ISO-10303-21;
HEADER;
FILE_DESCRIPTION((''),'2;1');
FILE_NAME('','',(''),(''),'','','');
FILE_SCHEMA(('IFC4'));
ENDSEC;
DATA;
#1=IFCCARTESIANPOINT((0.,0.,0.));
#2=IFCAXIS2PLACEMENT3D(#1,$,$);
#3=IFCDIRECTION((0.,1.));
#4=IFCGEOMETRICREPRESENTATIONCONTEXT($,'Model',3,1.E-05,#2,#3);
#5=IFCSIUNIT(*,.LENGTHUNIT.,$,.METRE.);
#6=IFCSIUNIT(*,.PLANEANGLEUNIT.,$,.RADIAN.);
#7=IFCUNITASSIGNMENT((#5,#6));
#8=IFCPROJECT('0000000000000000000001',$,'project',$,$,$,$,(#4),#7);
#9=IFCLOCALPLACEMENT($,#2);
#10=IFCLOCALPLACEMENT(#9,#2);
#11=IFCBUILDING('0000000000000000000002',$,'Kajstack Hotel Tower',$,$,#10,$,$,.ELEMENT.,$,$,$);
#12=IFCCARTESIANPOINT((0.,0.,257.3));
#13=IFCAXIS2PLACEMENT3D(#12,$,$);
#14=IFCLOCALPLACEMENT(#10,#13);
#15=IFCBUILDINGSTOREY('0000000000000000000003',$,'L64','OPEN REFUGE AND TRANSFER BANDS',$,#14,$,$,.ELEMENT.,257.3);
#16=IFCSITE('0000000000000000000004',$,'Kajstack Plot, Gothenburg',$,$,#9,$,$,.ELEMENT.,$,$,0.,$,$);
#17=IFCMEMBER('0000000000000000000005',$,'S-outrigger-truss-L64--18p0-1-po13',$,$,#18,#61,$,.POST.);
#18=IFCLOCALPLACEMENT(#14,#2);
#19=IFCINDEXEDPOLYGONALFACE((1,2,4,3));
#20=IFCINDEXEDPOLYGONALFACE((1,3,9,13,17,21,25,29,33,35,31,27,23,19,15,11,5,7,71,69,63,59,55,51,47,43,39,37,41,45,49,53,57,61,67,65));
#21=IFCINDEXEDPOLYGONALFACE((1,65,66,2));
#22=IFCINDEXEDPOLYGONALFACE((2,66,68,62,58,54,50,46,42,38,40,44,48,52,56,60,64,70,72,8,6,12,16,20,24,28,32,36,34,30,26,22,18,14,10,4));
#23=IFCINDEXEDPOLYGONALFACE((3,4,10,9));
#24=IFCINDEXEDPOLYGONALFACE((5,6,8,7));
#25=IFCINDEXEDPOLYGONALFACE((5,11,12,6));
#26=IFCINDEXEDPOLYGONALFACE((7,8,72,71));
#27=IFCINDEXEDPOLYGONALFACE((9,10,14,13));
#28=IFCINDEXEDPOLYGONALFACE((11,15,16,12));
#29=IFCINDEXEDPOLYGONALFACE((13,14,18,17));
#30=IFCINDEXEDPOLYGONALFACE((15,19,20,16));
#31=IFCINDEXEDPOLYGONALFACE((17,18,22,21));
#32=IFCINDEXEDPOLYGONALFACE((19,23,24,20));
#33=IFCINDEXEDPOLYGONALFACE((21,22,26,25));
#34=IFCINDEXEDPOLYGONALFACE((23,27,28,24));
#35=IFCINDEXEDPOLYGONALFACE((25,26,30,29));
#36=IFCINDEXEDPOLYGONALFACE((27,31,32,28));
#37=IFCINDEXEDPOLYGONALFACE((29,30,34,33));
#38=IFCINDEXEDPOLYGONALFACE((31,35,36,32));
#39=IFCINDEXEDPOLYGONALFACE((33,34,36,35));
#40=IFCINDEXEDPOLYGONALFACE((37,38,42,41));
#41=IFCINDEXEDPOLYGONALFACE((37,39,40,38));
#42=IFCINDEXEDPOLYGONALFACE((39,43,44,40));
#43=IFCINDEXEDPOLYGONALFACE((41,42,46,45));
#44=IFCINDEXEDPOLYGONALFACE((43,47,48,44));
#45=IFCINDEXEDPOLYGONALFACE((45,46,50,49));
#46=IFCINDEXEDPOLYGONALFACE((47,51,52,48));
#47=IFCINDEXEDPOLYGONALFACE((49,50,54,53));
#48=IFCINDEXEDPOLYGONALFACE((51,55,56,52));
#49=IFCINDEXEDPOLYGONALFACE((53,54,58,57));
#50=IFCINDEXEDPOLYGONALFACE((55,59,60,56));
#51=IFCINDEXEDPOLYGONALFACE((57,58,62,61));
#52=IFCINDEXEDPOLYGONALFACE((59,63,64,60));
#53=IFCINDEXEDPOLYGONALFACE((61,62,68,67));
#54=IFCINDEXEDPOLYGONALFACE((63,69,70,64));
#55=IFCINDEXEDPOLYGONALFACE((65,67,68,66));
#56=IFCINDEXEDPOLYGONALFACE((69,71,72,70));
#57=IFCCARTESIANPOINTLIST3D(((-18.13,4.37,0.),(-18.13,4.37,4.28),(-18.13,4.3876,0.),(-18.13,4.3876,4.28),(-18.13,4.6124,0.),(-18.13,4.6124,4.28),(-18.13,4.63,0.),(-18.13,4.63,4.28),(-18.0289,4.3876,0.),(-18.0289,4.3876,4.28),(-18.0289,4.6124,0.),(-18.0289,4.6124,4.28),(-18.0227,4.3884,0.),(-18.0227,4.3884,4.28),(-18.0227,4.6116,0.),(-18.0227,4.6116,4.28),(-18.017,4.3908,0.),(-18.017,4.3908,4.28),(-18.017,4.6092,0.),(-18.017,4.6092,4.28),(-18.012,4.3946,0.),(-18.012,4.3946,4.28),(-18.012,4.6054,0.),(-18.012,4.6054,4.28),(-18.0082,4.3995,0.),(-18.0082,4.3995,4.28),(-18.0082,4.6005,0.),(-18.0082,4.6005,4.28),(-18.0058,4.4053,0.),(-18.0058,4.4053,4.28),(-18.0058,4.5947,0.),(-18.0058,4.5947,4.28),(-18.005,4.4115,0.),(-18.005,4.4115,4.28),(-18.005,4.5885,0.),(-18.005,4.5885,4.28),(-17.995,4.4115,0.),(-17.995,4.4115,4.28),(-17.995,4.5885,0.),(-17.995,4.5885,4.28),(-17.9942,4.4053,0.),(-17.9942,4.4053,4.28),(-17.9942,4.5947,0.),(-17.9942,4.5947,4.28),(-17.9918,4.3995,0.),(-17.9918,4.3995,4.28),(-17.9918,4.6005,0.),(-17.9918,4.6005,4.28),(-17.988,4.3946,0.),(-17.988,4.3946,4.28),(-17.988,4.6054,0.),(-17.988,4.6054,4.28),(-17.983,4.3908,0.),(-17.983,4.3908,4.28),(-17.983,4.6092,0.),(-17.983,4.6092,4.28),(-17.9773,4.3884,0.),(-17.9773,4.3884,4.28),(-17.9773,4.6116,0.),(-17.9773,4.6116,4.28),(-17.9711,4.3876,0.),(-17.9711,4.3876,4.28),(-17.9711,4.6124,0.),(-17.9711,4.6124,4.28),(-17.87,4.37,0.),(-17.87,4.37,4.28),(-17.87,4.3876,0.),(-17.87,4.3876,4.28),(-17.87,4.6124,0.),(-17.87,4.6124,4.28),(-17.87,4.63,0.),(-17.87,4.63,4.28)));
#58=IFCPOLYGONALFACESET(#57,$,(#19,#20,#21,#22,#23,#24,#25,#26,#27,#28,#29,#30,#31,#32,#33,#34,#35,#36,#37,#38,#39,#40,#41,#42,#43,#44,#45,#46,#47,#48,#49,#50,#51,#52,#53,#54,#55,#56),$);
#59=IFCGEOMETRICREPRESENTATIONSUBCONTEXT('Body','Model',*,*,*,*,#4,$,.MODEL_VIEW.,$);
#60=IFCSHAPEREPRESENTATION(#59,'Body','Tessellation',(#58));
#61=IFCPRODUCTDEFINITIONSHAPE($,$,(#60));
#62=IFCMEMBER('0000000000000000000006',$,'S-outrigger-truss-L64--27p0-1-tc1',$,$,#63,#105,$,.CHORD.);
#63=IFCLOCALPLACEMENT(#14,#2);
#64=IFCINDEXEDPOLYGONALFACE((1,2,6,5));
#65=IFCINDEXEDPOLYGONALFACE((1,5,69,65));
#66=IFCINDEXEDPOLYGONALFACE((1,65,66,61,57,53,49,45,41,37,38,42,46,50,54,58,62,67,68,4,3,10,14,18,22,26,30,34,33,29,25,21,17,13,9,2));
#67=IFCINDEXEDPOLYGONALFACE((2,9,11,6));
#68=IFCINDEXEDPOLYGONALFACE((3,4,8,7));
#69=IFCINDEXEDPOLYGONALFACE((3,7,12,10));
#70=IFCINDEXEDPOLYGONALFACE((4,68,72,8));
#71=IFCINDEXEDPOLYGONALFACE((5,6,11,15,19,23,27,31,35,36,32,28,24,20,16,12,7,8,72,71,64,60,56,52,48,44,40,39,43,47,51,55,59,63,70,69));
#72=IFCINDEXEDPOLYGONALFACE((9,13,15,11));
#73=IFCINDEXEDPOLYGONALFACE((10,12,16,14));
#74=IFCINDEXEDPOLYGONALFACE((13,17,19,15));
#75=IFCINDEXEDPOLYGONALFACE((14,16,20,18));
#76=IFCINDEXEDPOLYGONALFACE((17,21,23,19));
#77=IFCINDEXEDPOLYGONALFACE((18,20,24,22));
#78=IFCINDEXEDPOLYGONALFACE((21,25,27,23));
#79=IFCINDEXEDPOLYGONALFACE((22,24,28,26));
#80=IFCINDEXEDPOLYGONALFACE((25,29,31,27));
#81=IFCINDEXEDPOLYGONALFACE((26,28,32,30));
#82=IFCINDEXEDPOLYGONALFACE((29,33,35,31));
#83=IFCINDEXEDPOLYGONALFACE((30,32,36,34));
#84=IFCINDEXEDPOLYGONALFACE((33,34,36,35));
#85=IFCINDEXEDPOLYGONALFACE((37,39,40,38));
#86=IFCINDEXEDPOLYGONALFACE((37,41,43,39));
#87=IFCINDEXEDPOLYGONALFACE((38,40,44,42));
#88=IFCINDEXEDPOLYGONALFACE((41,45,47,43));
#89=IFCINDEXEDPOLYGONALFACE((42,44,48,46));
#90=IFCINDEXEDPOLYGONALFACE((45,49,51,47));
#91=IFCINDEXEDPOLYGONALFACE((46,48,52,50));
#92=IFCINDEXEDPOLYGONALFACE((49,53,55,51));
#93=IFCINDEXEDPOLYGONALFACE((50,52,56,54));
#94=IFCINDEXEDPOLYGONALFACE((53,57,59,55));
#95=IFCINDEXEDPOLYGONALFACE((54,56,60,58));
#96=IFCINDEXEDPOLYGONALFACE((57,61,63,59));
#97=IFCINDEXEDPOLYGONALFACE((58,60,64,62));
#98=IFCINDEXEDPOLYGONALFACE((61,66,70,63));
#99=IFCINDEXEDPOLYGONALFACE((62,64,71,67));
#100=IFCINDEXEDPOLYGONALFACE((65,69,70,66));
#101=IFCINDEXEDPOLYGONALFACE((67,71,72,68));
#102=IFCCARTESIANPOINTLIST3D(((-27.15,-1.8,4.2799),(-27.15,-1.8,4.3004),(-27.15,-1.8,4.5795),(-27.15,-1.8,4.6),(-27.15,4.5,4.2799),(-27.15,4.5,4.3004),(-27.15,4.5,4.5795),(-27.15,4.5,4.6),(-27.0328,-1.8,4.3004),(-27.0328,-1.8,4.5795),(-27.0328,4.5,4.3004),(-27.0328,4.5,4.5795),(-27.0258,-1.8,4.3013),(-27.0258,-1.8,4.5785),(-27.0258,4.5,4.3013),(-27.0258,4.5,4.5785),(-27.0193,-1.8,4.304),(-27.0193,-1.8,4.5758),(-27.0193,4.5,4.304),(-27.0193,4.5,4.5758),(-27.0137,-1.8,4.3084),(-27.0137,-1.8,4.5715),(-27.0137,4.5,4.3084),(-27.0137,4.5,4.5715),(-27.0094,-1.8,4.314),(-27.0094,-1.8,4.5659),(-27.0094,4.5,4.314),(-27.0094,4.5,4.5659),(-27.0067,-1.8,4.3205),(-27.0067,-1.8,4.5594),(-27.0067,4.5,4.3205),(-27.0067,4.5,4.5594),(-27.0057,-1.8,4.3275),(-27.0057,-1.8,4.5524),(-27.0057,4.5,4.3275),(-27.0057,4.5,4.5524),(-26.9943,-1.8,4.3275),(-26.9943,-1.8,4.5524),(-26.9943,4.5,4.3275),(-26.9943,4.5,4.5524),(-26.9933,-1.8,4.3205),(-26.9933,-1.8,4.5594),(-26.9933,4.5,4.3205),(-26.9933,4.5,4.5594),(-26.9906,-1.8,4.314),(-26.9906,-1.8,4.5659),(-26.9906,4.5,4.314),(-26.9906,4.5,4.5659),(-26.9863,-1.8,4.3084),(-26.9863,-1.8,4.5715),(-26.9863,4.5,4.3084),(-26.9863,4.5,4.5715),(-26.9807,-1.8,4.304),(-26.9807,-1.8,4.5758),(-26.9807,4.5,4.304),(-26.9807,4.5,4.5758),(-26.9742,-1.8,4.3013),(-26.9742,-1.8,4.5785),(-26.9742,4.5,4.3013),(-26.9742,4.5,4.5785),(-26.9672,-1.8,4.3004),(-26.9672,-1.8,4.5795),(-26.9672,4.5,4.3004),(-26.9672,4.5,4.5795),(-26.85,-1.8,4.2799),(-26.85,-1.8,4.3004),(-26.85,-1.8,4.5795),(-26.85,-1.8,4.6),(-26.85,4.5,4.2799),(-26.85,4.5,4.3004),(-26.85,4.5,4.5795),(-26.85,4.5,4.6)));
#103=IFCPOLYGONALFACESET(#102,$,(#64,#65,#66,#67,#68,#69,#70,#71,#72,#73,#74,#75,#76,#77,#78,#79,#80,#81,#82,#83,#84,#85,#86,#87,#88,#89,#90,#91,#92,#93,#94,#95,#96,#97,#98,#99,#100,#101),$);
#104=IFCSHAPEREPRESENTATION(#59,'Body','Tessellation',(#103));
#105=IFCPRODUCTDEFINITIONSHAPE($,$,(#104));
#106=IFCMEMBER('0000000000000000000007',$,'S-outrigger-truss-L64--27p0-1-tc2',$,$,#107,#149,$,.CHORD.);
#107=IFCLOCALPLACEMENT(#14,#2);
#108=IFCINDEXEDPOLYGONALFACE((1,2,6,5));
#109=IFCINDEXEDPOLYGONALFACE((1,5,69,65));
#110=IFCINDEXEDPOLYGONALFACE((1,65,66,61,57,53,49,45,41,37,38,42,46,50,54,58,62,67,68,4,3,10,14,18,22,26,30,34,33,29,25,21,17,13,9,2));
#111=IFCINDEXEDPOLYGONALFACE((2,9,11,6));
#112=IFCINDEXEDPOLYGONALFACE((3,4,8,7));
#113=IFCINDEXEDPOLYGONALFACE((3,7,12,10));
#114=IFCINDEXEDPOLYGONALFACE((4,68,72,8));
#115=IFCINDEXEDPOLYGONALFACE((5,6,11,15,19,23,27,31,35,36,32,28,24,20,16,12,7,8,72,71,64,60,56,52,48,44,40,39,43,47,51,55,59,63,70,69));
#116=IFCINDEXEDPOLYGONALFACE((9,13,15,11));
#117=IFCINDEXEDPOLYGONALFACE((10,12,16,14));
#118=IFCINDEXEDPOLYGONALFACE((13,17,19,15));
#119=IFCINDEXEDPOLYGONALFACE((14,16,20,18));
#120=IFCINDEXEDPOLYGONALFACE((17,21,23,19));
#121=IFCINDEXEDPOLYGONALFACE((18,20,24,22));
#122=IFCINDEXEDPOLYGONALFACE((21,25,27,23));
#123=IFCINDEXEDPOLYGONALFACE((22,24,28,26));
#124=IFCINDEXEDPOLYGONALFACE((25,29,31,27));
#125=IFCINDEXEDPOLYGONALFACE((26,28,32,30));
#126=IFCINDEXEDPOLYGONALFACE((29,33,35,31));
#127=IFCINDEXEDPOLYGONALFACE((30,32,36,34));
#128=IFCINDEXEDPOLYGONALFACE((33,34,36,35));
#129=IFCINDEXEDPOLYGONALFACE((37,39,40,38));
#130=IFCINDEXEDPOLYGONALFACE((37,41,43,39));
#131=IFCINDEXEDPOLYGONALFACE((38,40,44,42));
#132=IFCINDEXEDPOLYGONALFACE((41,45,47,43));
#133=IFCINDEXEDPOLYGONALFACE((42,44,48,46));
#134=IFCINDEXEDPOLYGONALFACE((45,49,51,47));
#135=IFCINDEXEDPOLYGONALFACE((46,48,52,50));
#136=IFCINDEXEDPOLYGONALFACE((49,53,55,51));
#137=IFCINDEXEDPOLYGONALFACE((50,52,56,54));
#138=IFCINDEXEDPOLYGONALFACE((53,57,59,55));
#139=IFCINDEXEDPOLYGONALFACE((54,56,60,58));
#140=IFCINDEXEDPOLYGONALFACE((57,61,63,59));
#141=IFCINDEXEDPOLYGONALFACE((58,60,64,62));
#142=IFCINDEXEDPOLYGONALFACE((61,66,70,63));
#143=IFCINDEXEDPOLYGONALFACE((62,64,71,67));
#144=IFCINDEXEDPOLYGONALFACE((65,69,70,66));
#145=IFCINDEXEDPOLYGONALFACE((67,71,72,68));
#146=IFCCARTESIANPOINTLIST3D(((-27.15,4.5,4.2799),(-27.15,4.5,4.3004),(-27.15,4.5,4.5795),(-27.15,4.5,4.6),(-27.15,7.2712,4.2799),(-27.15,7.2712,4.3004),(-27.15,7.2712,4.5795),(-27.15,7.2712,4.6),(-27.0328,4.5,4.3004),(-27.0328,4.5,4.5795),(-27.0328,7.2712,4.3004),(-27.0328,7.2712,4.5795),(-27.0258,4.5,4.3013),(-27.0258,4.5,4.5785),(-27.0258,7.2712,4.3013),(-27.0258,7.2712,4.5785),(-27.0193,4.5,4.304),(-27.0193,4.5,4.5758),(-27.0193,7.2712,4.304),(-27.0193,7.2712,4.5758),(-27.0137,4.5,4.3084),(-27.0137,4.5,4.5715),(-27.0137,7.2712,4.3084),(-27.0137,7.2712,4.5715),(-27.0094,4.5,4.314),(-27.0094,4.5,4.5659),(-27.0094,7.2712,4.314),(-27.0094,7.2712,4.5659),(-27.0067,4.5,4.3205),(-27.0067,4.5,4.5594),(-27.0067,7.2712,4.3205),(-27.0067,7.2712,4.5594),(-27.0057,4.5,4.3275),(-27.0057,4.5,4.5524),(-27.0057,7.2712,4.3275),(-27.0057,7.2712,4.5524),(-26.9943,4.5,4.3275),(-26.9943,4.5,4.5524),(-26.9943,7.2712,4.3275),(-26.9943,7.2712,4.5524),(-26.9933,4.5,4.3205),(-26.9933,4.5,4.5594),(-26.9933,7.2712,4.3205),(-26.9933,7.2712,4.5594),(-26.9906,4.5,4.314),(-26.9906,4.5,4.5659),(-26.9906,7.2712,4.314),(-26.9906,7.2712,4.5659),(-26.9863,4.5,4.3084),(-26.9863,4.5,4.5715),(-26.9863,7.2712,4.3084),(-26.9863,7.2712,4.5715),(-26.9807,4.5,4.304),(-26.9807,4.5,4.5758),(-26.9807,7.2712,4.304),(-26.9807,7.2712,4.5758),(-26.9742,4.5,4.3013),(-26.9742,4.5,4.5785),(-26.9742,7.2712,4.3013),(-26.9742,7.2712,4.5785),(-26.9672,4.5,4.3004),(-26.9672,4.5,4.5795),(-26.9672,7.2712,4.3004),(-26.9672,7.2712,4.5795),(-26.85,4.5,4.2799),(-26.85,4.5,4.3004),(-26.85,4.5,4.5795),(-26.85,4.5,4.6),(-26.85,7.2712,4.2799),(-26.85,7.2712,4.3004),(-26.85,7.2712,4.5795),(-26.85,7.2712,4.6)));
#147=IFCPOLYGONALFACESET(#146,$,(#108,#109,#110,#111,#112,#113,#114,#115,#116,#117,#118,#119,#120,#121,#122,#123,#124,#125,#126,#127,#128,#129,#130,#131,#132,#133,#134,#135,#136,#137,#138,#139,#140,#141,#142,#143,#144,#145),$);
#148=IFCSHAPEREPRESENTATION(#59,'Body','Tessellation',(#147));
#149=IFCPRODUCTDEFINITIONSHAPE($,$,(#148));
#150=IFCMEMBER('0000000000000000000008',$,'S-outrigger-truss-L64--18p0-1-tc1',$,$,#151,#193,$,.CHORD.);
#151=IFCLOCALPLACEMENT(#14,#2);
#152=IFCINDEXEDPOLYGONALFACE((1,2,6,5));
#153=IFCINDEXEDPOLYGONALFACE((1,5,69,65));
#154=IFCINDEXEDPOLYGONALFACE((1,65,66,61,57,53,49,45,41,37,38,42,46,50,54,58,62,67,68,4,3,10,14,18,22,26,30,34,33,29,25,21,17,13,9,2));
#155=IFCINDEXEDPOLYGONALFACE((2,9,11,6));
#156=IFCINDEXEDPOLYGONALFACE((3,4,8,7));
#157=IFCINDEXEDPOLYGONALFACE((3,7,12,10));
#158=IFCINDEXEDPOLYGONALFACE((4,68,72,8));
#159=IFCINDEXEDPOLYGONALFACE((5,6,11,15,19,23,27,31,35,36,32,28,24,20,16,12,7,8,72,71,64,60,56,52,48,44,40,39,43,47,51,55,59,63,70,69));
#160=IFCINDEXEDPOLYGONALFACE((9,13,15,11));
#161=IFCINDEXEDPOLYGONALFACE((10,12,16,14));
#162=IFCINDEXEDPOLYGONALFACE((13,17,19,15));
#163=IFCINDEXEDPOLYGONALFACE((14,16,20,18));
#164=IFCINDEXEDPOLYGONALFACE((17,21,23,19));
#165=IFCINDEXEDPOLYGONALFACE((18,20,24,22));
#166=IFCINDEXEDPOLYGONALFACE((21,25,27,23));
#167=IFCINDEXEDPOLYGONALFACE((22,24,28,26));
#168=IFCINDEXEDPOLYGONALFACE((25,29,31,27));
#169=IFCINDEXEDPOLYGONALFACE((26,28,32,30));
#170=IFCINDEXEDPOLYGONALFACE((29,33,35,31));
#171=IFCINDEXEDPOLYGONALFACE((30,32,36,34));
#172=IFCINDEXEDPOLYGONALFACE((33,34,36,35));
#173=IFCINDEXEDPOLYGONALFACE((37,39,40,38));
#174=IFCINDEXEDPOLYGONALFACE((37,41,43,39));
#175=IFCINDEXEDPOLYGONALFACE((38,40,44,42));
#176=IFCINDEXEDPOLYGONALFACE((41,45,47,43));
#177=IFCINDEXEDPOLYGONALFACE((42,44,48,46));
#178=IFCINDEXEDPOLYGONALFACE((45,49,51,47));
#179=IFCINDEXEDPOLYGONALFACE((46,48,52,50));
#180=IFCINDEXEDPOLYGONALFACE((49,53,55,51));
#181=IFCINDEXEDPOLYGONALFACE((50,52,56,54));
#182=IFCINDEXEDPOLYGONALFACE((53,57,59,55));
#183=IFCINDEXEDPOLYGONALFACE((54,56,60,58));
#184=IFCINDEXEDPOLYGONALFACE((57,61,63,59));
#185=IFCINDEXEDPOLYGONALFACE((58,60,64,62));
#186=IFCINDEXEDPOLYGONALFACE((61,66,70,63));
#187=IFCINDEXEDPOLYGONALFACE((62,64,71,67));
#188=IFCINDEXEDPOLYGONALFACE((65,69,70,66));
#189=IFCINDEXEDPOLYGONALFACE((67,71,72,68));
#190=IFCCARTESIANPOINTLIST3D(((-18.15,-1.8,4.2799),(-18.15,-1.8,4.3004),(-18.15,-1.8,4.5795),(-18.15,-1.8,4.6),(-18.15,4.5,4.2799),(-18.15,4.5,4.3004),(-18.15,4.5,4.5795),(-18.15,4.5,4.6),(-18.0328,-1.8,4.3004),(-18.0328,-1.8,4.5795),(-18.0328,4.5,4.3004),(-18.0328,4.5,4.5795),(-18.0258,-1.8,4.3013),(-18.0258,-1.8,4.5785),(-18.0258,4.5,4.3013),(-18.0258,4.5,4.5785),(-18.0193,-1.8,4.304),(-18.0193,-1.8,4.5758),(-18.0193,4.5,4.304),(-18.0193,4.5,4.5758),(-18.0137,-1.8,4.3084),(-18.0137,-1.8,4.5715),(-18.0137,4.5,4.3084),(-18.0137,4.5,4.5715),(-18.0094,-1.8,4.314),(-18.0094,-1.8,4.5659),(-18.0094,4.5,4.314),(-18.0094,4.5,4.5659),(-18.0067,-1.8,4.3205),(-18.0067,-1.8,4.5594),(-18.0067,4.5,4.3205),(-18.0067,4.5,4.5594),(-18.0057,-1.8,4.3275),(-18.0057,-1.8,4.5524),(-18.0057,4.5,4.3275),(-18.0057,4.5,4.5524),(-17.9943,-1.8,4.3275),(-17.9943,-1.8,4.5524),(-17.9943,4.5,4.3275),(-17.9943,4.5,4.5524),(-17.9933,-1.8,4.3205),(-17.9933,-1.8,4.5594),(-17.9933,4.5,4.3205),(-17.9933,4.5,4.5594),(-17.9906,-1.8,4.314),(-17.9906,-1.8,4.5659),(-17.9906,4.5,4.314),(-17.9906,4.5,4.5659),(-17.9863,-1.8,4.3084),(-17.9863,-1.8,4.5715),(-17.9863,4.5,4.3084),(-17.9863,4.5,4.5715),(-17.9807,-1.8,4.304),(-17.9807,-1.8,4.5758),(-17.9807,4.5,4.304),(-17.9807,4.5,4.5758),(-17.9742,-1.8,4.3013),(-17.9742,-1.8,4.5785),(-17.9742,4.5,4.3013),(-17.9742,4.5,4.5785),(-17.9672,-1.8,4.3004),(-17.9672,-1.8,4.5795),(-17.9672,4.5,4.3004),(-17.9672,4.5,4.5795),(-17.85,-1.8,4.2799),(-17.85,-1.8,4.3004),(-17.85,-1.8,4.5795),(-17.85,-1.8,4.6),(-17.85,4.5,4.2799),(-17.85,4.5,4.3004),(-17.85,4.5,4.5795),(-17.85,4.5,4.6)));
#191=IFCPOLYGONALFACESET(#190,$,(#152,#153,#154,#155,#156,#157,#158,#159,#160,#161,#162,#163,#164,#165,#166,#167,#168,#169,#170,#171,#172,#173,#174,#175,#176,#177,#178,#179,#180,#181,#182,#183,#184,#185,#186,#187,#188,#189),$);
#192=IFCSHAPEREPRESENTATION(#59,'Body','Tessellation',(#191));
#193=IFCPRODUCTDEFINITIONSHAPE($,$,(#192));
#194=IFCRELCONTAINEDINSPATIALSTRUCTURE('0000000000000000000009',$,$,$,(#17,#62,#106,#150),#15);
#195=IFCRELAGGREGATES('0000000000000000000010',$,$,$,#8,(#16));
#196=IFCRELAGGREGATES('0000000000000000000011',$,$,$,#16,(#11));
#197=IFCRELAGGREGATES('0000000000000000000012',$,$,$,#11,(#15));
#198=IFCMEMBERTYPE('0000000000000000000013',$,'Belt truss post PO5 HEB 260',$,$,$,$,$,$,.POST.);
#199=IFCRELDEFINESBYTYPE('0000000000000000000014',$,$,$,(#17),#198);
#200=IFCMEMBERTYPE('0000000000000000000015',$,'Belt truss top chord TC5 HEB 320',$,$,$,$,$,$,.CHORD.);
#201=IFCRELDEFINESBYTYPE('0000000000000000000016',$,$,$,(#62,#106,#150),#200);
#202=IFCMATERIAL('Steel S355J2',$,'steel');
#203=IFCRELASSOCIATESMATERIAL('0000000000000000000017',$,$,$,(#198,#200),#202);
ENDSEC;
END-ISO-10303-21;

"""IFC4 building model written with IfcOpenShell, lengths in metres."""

from ifc_helpers import new_model, si_unit, direction, frame, origin, origin_2d, place, context, subcontext, project, spatial, i_section, extrude, material, material_profile, profile_set, type_object, element, save


model = new_model("IFC4")

# Units and contexts
model_context = context("Model", 3, precision=1e-05, world=origin(), true_north=direction((0.0, 1.0)))
body_context = subcontext(model_context, "Body", "Model", "MODEL_VIEW")
ifc_project = project(units=[si_unit("LENGTHUNIT", "METRE"), si_unit("PLANEANGLEUNIT", "RADIAN")], contexts=[model_context])

# Site, building, storey
site_placement = place(None, origin())
site = spatial("IfcSite", under=ifc_project, at=site_placement, Name="Kajstack Plot, Gothenburg", CompositionType="ELEMENT", RefElevation=0.0)
building_placement = place(site_placement, origin())
building = spatial("IfcBuilding", under=site, at=building_placement, Name="Kajstack Hotel Tower", CompositionType="ELEMENT")
storey_placement = place(building_placement, frame((0.0, 0.0, 257.3)))
storey = spatial("IfcBuildingStorey", under=building, at=storey_placement, Name="L64", Description="OPEN REFUGE AND TRANSFER BANDS", CompositionType="ELEMENT", Elevation=257.3)

# Members
ifc_material_1 = material(Name="Steel S355J2", Category="steel")
ifc_material_profile_1 = material_profile(ifc_material_1, i_section(OverallWidth=0.26, OverallDepth=0.26, WebThickness=0.01, FlangeThickness=0.0176, FilletRadius=0.0239, at=origin_2d()), Name="HEB 260")
ifc_profile_set_1 = profile_set([ifc_material_profile_1], Name="Steel S355J2")
member_type_1 = type_object("IfcMemberType", Name="Belt truss post PO5 HEB 260", PredefinedType="POST", material=ifc_profile_set_1)
for number, where, z_axis, x_axis, name in (
    (1, (-18.0, 4.5, 0.0), (0.0, 0.0, 1.0), (1.0, 0.0, 0.0), "S-outrigger-truss-L64--18p0-1-po13"),
):
    element("IfcMember", number, at=place(storey_placement, frame(where, z_axis=z_axis, x_axis=x_axis)), inside=storey, type_object=member_type_1, Name=name, PredefinedType="POST", context=body_context, shape_type="SweptSolid", body=[
        extrude(i_section(OverallWidth=0.26, OverallDepth=0.26, WebThickness=0.01, FlangeThickness=0.0176, FilletRadius=0.0239, at=origin_2d()), origin(), (0.0, 0.0, 1.0), 4.28),
    ])
ifc_material_profile_2 = material_profile(ifc_material_1, i_section(OverallWidth=0.3, OverallDepth=0.3201, WebThickness=0.0115, FlangeThickness=0.0205, FilletRadius=0.0271, at=origin_2d()), Name="HEB 320")
ifc_profile_set_2 = profile_set([ifc_material_profile_2], Name="Steel S355J2")
member_type_2 = type_object("IfcMemberType", Name="Belt truss top chord TC5 HEB 320", PredefinedType="CHORD", material=ifc_profile_set_2)
member_1_placement = place(storey_placement, frame((-27.0, -1.8, 4.4399), z_axis=(0.0, 1.0, 0.0), x_axis=(-1.0, 0.0, 0.0)))
element("IfcMember", 2, at=member_1_placement, inside=storey, type_object=member_type_2, Name="S-outrigger-truss-L64--27p0-1-tc1", PredefinedType="CHORD", context=body_context, shape_type="SweptSolid", body=[
    extrude(i_section(OverallWidth=0.3, OverallDepth=0.3201, WebThickness=0.0115, FlangeThickness=0.0205, FilletRadius=0.0271, at=origin_2d()), origin(), (0.0, 0.0, 1.0), 6.3),
])
member_2_placement = place(storey_placement, frame((-27.0, 4.5, 4.4399), z_axis=(0.0, 1.0, 0.0), x_axis=(-1.0, 0.0, 0.0)))
element("IfcMember", 3, at=member_2_placement, inside=storey, type_object=member_type_2, Name="S-outrigger-truss-L64--27p0-1-tc2", PredefinedType="CHORD", context=body_context, shape_type="SweptSolid", body=[
    extrude(i_section(OverallWidth=0.3, OverallDepth=0.3201, WebThickness=0.0115, FlangeThickness=0.0205, FilletRadius=0.0271, at=origin_2d()), origin(), (0.0, 0.0, 1.0), 2.7712),
])
member_3_placement = place(storey_placement, frame((-18.0, -1.8, 4.4399), z_axis=(0.0, 1.0, 0.0), x_axis=(-1.0, 0.0, 0.0)))
element("IfcMember", 4, at=member_3_placement, inside=storey, type_object=member_type_2, Name="S-outrigger-truss-L64--18p0-1-tc1", PredefinedType="CHORD", context=body_context, shape_type="SweptSolid", body=[
    extrude(i_section(OverallWidth=0.3, OverallDepth=0.3201, WebThickness=0.0115, FlangeThickness=0.0205, FilletRadius=0.0271, at=origin_2d()), origin(), (0.0, 0.0, 1.0), 6.3),
])

save(model, "model.ifc")
